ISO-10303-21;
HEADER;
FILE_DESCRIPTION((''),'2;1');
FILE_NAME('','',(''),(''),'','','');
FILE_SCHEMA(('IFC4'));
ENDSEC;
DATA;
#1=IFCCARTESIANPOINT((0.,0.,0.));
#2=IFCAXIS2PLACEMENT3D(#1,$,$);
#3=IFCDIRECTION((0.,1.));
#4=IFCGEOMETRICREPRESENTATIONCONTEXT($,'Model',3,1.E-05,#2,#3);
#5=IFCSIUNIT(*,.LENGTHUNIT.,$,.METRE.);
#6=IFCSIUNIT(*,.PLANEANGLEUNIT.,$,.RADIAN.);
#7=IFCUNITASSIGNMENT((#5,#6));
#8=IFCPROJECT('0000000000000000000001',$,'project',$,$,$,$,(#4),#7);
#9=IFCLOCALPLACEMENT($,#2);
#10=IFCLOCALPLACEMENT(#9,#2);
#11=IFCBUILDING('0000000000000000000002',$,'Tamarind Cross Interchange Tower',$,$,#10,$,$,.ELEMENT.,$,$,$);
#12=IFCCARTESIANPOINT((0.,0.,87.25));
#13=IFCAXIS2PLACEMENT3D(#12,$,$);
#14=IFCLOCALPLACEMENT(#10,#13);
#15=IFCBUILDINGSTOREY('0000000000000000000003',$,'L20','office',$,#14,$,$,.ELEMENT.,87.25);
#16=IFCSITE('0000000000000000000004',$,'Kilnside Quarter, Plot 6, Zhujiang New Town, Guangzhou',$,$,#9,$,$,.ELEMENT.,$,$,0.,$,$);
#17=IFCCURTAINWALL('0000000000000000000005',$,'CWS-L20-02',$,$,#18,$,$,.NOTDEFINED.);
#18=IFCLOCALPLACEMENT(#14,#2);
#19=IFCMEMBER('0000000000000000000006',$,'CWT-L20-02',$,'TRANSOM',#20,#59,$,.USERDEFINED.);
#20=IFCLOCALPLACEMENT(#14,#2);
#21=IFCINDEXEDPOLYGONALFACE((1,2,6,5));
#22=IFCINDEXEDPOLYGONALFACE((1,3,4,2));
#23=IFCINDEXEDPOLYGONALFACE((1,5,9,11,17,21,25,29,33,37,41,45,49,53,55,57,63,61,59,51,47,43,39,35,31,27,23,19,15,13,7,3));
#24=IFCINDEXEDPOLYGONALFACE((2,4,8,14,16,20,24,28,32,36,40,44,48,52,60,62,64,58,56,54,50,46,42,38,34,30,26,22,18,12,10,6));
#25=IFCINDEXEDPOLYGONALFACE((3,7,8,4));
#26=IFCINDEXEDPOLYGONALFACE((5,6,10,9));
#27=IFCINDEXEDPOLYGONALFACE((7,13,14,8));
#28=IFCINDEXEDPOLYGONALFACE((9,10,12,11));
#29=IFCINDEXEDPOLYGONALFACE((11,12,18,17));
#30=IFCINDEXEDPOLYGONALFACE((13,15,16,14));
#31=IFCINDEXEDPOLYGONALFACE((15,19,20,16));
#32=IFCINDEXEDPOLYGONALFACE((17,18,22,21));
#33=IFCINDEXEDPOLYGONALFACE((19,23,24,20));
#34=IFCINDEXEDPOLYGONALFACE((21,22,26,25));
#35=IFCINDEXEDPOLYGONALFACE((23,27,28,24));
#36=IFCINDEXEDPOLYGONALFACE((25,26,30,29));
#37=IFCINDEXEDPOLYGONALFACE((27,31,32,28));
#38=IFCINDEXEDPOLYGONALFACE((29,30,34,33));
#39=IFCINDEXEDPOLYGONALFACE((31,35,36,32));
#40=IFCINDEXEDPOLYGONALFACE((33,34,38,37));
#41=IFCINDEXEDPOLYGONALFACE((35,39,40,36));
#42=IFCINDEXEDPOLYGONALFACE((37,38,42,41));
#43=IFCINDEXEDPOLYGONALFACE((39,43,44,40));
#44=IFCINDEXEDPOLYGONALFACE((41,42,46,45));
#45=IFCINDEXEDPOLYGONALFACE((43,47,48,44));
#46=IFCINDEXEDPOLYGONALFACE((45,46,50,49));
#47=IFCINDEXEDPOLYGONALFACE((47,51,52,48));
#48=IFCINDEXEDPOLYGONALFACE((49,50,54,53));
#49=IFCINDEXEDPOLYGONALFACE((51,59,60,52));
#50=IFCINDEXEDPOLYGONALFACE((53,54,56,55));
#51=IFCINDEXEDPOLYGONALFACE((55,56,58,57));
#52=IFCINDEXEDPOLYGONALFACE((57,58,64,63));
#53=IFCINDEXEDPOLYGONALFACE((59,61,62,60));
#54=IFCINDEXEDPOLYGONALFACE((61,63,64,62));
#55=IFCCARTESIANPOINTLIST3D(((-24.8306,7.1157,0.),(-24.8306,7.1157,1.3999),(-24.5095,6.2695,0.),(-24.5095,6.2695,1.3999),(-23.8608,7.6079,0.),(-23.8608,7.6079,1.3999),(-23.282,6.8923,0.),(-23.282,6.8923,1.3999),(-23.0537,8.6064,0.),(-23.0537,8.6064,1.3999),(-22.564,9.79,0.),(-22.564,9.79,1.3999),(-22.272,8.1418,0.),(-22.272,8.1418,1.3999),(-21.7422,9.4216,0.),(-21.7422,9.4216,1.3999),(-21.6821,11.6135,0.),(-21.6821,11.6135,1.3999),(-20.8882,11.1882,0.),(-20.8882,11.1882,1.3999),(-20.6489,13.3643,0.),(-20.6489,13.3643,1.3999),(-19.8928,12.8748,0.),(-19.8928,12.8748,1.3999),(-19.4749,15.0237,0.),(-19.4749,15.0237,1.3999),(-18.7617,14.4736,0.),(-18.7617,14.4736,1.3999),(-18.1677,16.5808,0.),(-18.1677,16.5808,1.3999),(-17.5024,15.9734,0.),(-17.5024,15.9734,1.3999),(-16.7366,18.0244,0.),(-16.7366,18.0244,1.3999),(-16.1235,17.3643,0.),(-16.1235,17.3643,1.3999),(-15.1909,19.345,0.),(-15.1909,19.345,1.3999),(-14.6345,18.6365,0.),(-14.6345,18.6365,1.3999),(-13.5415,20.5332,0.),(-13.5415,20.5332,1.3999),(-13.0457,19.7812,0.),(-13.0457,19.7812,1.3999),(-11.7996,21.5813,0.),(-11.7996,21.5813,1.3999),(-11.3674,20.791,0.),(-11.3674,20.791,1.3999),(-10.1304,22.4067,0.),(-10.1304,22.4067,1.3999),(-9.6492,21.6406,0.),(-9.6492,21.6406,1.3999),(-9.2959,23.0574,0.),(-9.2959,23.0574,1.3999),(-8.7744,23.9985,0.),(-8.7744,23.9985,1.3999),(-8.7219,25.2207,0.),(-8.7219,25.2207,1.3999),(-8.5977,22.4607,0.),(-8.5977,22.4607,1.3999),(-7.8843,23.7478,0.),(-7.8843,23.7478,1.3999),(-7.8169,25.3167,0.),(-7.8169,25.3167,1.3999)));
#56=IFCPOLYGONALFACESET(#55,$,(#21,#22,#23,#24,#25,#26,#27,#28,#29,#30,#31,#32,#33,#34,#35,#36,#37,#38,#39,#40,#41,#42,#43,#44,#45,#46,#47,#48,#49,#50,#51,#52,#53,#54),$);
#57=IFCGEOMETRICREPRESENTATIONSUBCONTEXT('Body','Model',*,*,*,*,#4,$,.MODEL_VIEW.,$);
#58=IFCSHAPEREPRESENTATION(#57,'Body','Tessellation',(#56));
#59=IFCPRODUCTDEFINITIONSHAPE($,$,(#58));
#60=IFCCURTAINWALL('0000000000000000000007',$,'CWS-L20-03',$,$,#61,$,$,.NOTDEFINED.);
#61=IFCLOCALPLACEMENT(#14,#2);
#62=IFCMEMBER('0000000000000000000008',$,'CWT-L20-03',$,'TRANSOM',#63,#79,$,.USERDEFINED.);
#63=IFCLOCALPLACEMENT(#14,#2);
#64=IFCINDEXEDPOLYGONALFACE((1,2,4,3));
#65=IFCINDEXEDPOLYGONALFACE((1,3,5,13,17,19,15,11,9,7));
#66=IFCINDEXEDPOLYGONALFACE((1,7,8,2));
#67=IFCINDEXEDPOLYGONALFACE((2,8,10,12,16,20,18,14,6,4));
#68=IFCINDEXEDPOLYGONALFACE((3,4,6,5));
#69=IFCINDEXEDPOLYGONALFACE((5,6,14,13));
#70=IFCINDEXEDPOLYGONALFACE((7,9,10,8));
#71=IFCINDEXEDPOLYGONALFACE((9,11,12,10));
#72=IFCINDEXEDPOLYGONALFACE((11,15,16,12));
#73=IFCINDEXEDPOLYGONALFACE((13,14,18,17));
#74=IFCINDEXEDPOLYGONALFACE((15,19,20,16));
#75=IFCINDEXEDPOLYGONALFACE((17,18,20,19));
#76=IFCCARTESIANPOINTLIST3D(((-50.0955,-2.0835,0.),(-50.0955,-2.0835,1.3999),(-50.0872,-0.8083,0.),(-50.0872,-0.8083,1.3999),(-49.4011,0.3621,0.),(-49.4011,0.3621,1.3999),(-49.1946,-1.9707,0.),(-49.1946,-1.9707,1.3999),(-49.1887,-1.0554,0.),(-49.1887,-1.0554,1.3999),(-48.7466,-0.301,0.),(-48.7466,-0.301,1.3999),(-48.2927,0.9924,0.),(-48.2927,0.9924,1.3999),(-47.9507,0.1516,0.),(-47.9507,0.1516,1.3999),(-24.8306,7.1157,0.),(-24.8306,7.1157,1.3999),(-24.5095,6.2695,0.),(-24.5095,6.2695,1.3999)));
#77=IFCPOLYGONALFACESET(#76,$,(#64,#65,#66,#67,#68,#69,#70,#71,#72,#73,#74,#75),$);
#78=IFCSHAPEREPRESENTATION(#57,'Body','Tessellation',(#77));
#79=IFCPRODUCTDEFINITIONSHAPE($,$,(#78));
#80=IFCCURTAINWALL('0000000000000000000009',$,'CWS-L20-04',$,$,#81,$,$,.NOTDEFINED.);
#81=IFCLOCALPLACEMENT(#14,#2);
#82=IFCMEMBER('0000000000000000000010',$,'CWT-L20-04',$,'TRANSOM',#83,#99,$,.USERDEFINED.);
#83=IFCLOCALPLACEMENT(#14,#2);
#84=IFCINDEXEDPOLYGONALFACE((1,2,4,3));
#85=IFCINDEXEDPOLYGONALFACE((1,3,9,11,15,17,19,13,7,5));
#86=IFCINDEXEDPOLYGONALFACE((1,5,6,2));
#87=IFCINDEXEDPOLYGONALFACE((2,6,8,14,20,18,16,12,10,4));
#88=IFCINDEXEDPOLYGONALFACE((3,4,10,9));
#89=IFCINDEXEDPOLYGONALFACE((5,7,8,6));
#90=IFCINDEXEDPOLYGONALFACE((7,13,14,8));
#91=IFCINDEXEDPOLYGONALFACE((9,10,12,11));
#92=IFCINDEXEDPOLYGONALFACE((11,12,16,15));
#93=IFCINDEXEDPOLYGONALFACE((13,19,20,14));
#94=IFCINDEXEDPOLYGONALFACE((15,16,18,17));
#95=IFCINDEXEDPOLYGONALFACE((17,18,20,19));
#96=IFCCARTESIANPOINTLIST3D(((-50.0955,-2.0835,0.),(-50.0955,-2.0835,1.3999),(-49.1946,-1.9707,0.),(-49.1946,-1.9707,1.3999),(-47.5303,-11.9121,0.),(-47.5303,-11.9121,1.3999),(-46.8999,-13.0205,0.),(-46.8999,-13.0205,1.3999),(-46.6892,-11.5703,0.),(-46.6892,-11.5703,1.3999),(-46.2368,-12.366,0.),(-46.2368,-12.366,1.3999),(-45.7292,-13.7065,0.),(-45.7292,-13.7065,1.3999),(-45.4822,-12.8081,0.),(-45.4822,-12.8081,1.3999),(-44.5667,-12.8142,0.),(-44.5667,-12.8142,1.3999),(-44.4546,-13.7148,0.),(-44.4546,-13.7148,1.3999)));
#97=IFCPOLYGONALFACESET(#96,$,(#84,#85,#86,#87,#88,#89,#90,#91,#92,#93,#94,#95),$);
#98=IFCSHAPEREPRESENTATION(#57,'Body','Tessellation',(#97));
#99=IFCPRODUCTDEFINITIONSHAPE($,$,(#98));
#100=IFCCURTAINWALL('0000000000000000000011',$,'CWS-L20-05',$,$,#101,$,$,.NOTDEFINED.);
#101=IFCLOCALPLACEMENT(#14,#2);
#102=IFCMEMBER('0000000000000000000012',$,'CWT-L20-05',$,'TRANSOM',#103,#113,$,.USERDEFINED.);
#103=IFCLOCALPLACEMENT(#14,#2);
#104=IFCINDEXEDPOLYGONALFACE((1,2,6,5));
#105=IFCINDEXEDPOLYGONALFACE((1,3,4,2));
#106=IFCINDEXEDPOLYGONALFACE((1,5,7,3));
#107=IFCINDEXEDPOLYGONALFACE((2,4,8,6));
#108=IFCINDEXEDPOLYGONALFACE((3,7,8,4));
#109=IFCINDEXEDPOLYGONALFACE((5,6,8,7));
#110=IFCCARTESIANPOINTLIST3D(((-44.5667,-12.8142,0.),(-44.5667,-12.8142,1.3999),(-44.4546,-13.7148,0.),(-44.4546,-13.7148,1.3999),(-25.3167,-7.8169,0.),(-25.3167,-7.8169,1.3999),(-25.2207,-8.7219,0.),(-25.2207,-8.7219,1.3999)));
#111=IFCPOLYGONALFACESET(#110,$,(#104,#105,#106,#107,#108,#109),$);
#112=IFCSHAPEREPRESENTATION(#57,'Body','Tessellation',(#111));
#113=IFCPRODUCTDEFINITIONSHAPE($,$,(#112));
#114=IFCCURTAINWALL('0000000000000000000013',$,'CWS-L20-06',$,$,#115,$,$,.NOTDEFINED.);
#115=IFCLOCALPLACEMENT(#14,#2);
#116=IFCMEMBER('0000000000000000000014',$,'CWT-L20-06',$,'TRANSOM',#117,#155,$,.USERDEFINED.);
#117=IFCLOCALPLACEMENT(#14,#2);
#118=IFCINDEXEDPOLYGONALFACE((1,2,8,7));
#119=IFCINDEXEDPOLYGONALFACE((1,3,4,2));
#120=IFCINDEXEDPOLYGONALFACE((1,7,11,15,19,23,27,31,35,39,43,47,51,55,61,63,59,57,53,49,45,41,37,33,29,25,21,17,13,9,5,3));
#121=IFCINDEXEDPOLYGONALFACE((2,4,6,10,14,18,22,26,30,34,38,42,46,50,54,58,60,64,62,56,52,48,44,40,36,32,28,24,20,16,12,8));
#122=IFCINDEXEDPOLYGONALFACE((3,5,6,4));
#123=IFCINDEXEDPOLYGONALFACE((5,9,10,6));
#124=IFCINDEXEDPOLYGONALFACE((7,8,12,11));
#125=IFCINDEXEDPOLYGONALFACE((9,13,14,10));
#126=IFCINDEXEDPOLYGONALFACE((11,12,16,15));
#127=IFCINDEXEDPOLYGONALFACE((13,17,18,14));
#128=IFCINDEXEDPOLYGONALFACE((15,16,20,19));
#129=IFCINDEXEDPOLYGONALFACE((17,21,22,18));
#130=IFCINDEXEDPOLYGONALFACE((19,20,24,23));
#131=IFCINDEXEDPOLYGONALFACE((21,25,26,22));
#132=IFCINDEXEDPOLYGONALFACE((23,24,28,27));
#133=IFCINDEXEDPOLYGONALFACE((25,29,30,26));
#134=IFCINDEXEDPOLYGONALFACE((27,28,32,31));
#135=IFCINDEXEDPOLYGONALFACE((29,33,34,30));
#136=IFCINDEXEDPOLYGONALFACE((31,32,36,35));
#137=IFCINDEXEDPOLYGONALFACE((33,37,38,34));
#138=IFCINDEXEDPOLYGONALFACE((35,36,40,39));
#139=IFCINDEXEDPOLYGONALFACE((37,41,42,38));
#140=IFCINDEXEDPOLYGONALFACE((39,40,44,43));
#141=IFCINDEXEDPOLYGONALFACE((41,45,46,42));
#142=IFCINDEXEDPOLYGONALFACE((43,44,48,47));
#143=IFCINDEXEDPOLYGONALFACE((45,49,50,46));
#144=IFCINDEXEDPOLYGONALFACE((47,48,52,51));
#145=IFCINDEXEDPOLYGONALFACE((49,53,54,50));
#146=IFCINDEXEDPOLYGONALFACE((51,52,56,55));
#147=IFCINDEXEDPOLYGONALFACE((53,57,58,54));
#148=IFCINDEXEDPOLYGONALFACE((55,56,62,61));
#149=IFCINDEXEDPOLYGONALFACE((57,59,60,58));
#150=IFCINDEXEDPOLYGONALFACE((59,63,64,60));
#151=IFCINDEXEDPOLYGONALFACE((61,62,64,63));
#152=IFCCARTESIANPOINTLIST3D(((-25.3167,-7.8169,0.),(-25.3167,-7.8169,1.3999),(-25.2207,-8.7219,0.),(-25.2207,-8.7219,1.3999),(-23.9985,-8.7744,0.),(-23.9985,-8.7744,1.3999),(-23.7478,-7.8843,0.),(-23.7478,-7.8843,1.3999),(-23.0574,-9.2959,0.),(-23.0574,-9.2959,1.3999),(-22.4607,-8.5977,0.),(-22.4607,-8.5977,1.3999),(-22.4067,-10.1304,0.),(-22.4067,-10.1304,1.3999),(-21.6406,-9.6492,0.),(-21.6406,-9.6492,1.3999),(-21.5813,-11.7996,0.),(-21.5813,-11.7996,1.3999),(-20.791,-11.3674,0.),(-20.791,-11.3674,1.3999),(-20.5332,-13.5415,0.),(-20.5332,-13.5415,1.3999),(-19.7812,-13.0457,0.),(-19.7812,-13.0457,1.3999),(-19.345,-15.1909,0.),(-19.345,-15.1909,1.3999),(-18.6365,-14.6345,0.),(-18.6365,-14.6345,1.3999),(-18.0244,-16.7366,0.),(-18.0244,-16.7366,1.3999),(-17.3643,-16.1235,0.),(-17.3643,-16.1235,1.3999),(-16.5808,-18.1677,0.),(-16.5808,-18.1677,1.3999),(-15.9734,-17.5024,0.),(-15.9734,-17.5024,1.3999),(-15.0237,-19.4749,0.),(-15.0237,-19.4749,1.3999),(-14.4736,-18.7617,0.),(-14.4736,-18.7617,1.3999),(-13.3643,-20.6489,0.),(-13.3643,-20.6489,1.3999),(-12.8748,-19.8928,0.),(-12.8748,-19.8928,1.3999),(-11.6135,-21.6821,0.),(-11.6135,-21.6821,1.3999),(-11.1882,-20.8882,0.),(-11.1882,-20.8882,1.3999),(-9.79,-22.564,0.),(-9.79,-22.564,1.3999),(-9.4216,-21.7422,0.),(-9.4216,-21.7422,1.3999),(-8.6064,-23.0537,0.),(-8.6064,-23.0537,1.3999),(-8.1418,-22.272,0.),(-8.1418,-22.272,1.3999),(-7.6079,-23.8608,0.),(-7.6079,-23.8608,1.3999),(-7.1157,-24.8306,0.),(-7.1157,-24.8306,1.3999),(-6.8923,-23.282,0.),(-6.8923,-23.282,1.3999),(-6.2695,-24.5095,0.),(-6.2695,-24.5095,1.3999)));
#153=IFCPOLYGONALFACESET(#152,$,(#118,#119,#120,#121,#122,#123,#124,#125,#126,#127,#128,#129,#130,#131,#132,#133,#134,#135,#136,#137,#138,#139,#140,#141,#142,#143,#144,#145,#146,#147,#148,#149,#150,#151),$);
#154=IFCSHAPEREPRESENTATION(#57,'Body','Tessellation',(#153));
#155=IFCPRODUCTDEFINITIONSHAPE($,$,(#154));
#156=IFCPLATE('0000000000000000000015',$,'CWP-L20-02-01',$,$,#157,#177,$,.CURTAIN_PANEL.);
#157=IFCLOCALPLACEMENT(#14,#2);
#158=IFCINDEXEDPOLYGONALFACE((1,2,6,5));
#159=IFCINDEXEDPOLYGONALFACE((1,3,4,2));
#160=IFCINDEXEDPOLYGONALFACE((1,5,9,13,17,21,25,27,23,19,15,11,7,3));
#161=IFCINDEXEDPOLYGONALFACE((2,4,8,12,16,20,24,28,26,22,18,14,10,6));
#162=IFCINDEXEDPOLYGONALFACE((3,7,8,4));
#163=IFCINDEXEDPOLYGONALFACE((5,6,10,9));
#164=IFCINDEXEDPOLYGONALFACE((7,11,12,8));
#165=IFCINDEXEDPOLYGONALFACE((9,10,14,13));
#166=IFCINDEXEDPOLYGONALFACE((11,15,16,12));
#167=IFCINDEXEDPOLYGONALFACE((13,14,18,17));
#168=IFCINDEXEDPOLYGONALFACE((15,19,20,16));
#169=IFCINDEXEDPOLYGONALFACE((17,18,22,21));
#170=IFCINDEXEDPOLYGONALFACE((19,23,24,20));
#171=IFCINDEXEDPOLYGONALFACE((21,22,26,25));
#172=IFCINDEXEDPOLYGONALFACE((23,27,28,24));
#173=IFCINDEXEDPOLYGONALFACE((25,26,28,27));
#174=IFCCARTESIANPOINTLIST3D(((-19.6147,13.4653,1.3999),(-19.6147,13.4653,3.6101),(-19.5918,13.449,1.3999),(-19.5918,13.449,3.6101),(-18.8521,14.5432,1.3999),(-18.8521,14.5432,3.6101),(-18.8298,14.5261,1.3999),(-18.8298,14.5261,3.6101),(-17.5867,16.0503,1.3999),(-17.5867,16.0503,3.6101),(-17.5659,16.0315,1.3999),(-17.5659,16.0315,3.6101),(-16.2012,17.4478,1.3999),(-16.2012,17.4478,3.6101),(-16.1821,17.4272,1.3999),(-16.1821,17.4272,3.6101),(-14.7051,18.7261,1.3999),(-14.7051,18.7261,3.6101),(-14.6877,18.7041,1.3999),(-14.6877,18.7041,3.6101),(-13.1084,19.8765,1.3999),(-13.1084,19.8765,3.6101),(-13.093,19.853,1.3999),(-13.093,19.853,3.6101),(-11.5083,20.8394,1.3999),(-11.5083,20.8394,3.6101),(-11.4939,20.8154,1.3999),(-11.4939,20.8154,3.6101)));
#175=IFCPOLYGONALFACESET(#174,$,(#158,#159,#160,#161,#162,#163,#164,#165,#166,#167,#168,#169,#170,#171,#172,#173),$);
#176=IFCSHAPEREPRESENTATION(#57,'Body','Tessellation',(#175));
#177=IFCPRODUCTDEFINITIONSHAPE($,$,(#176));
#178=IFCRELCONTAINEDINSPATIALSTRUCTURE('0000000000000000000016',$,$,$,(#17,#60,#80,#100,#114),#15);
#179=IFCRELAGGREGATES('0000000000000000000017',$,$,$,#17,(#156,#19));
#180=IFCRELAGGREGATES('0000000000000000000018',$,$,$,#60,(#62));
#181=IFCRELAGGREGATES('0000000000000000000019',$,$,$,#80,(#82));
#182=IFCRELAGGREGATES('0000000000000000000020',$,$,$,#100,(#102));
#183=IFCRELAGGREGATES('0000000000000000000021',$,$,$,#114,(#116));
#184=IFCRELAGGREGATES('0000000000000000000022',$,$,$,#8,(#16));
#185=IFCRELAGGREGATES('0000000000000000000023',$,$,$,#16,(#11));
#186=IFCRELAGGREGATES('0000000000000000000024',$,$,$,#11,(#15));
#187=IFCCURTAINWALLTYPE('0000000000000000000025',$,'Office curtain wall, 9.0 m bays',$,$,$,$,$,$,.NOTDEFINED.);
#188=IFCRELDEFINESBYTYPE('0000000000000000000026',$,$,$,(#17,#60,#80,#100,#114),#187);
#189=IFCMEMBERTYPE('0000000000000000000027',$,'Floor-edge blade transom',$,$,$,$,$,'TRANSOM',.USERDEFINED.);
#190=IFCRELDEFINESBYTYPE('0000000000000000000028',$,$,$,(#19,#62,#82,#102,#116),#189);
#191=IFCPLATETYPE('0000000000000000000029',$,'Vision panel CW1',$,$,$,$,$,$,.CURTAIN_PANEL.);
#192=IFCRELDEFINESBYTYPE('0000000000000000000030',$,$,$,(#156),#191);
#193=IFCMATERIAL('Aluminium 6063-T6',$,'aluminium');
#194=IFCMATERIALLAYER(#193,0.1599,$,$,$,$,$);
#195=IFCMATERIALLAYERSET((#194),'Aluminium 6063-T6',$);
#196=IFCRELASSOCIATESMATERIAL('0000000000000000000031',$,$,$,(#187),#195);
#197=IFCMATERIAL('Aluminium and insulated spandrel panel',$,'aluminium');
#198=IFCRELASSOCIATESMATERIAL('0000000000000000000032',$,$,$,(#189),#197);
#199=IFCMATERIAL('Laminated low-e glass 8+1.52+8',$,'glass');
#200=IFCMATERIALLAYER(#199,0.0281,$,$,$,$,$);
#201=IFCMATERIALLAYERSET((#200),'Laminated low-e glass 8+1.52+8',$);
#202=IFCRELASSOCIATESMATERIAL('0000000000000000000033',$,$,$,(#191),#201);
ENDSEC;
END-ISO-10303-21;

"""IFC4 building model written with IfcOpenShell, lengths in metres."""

from ifc_helpers import new_model, si_unit, direction, frame, origin, place, context, subcontext, project, spatial, polyline, outline, extrude, material, layer, layer_set, type_object, element, aggregate, save


model = new_model("IFC4")

# Units and contexts
model_context = context("Model", 3, precision=1e-05, world=origin(), true_north=direction((0.0, 1.0)))
body_context = subcontext(model_context, "Body", "Model", "MODEL_VIEW")
ifc_project = project(units=[si_unit("LENGTHUNIT", "METRE"), si_unit("PLANEANGLEUNIT", "RADIAN")], contexts=[model_context])

# Site, building, storey
site_placement = place(None, origin())
site = spatial("IfcSite", under=ifc_project, at=site_placement, Name="Kilnside Quarter, Plot 6, Zhujiang New Town, Guangzhou", CompositionType="ELEMENT", RefElevation=0.0)
building_placement = place(site_placement, origin())
building = spatial("IfcBuilding", under=site, at=building_placement, Name="Tamarind Cross Interchange Tower", CompositionType="ELEMENT")
storey_placement = place(building_placement, frame((0.0, 0.0, 87.25)))
storey = spatial("IfcBuildingStorey", under=building, at=storey_placement, Name="L20", Description="office", CompositionType="ELEMENT", Elevation=87.25)

# Curtain walls, members
ifc_material_1 = material(Name="Aluminium 6063-T6", Category="aluminium")
ifc_layer_1 = layer(ifc_material_1, 0.1599)
ifc_layer_set_1 = layer_set([ifc_layer_1], Name="Aluminium 6063-T6")
curtain_wall_type = type_object("IfcCurtainWallType", Name="Office curtain wall, 9.0 m bays", PredefinedType="NOTDEFINED", material=ifc_layer_set_1)
curtain_wall_1_placement = place(storey_placement, origin())
curtain_wall_1 = element("IfcCurtainWall", 1, at=curtain_wall_1_placement, inside=storey, type_object=curtain_wall_type, Name="CWS-L20-02", PredefinedType="NOTDEFINED")
ifc_material_2 = material(Name="Aluminium and insulated spandrel panel", Category="aluminium")
member_type = type_object("IfcMemberType", Name="Floor-edge blade transom", ElementType="TRANSOM", PredefinedType="USERDEFINED", material=ifc_material_2)
member_1_placement = place(storey_placement, origin())
member_1 = element("IfcMember", 2, at=member_1_placement, type_object=member_type, Name="CWT-L20-02", ObjectType="TRANSOM", PredefinedType="USERDEFINED", context=body_context, shape_type="SweptSolid", body=[
    extrude(outline(polyline([(-7.8169, 25.3167), (-7.8843, 23.7478), (-8.5977, 22.4607), (-9.6492, 21.6406), (-11.3674, 20.791), (-13.0457, 19.7812), (-14.6345, 18.6365), (-16.1235, 17.3643), (-17.5024, 15.9734), (-18.7617, 14.4736), (-19.8928, 12.8748), (-20.8882, 11.1882), (-21.7422, 9.4216), (-22.272, 8.1418), (-23.282, 6.8923), (-24.5095, 6.2695), (-24.8306, 7.1157), (-23.8608, 7.6079), (-23.0537, 8.6064), (-22.564, 9.79), (-21.6821, 11.6135), (-20.6489, 13.3643), (-19.4749, 15.0237), (-18.1677, 16.5808), (-16.7366, 18.0244), (-15.1909, 19.345), (-13.5415, 20.5332), (-11.7996, 21.5813), (-10.1304, 22.4067), (-9.2959, 23.0574), (-8.7744, 23.9985), (-8.7219, 25.2207), (-7.8169, 25.3167)])), origin(), (0.0, 0.0, 1.0), 1.3999),
])
curtain_wall_2_placement = place(storey_placement, origin())
curtain_wall_2 = element("IfcCurtainWall", 3, at=curtain_wall_2_placement, inside=storey, type_object=curtain_wall_type, Name="CWS-L20-03", PredefinedType="NOTDEFINED")
member_2_placement = place(storey_placement, origin())
member_2 = element("IfcMember", 4, at=member_2_placement, type_object=member_type, Name="CWT-L20-03", ObjectType="TRANSOM", PredefinedType="USERDEFINED", context=body_context, shape_type="SweptSolid", body=[
    extrude(outline(polyline([(-24.5095, 6.2695), (-47.9507, 0.1516), (-48.7466, -0.301), (-49.1887, -1.0554), (-49.1946, -1.9707), (-50.0955, -2.0835), (-50.0872, -0.8083), (-49.4011, 0.3621), (-48.2927, 0.9924), (-24.8306, 7.1157), (-24.5095, 6.2695)])), origin(), (0.0, 0.0, 1.0), 1.3999),
])
curtain_wall_3_placement = place(storey_placement, origin())
curtain_wall_3 = element("IfcCurtainWall", 5, at=curtain_wall_3_placement, inside=storey, type_object=curtain_wall_type, Name="CWS-L20-04", PredefinedType="NOTDEFINED")
member_3_placement = place(storey_placement, origin())
member_3 = element("IfcMember", 6, at=member_3_placement, type_object=member_type, Name="CWT-L20-04", ObjectType="TRANSOM", PredefinedType="USERDEFINED", context=body_context, shape_type="SweptSolid", body=[
    extrude(outline(polyline([(-49.1946, -1.9707), (-46.6892, -11.5703), (-46.2368, -12.366), (-45.4822, -12.8081), (-44.5667, -12.8142), (-44.4546, -13.7148), (-45.7292, -13.7065), (-46.8999, -13.0205), (-47.5303, -11.9121), (-50.0955, -2.0835), (-49.1946, -1.9707)])), origin(), (0.0, 0.0, 1.0), 1.3999),
])
curtain_wall_4_placement = place(storey_placement, origin())
curtain_wall_4 = element("IfcCurtainWall", 7, at=curtain_wall_4_placement, inside=storey, type_object=curtain_wall_type, Name="CWS-L20-05", PredefinedType="NOTDEFINED")
member_4_placement = place(storey_placement, origin())
member_4 = element("IfcMember", 8, at=member_4_placement, type_object=member_type, Name="CWT-L20-05", ObjectType="TRANSOM", PredefinedType="USERDEFINED", context=body_context, shape_type="SweptSolid", body=[
    extrude(outline(polyline([(-44.5667, -12.8142), (-25.3167, -7.8169), (-25.2207, -8.7219), (-44.4546, -13.7148), (-44.5667, -12.8142)])), origin(), (0.0, 0.0, 1.0), 1.3999),
])
curtain_wall_5_placement = place(storey_placement, origin())
curtain_wall_5 = element("IfcCurtainWall", 9, at=curtain_wall_5_placement, inside=storey, type_object=curtain_wall_type, Name="CWS-L20-06", PredefinedType="NOTDEFINED")
member_5_placement = place(storey_placement, origin())
member_5 = element("IfcMember", 10, at=member_5_placement, type_object=member_type, Name="CWT-L20-06", ObjectType="TRANSOM", PredefinedType="USERDEFINED", context=body_context, shape_type="SweptSolid", body=[
    extrude(outline(polyline([(-25.3167, -7.8169), (-23.7478, -7.8843), (-22.4607, -8.5977), (-21.6406, -9.6492), (-20.791, -11.3674), (-19.7812, -13.0457), (-18.6365, -14.6345), (-17.3643, -16.1235), (-15.9734, -17.5024), (-14.4736, -18.7617), (-12.8748, -19.8928), (-11.1882, -20.8882), (-9.4216, -21.7422), (-8.1418, -22.272), (-6.8923, -23.282), (-6.2695, -24.5095), (-7.1157, -24.8306), (-7.6079, -23.8608), (-8.6064, -23.0537), (-9.79, -22.564), (-11.6135, -21.6821), (-13.3643, -20.6489), (-15.0237, -19.4749), (-16.5808, -18.1677), (-18.0244, -16.7366), (-19.345, -15.1909), (-20.5332, -13.5415), (-21.5813, -11.7996), (-22.4067, -10.1304), (-23.0574, -9.2959), (-23.9985, -8.7744), (-25.2207, -8.7219), (-25.3167, -7.8169)])), origin(), (0.0, 0.0, 1.0), 1.3999),
])

# Plate
ifc_material_3 = material(Name="Laminated low-e glass 8+1.52+8", Category="glass")
ifc_layer_2 = layer(ifc_material_3, 0.0281)
ifc_layer_set_2 = layer_set([ifc_layer_2], Name="Laminated low-e glass 8+1.52+8")
plate_type = type_object("IfcPlateType", Name="Vision panel CW1", PredefinedType="CURTAIN_PANEL", material=ifc_layer_set_2)
plate_1_placement = place(storey_placement, frame((0.0, 0.0, 1.3999)))
plate_1 = element("IfcPlate", 11, at=plate_1_placement, type_object=plate_type, Name="CWP-L20-02-01", PredefinedType="CURTAIN_PANEL", context=body_context, shape_type="SweptSolid", body=[
    extrude(outline(polyline([(-11.4939, 20.8154), (-13.093, 19.853), (-14.6877, 18.7041), (-16.1821, 17.4272), (-17.5659, 16.0315), (-18.8298, 14.5261), (-19.5918, 13.449), (-19.6147, 13.4653), (-18.8521, 14.5432), (-17.5867, 16.0503), (-16.2012, 17.4478), (-14.7051, 18.7261), (-13.1084, 19.8765), (-11.5083, 20.8394), (-11.4939, 20.8154)])), origin(), (0.0, 0.0, 1.0), 2.2102),
])
aggregate(curtain_wall_1, [plate_1, member_1])
aggregate(curtain_wall_2, [member_2])
aggregate(curtain_wall_3, [member_3])
aggregate(curtain_wall_4, [member_4])
aggregate(curtain_wall_5, [member_5])

save(model, "model.ifc")
